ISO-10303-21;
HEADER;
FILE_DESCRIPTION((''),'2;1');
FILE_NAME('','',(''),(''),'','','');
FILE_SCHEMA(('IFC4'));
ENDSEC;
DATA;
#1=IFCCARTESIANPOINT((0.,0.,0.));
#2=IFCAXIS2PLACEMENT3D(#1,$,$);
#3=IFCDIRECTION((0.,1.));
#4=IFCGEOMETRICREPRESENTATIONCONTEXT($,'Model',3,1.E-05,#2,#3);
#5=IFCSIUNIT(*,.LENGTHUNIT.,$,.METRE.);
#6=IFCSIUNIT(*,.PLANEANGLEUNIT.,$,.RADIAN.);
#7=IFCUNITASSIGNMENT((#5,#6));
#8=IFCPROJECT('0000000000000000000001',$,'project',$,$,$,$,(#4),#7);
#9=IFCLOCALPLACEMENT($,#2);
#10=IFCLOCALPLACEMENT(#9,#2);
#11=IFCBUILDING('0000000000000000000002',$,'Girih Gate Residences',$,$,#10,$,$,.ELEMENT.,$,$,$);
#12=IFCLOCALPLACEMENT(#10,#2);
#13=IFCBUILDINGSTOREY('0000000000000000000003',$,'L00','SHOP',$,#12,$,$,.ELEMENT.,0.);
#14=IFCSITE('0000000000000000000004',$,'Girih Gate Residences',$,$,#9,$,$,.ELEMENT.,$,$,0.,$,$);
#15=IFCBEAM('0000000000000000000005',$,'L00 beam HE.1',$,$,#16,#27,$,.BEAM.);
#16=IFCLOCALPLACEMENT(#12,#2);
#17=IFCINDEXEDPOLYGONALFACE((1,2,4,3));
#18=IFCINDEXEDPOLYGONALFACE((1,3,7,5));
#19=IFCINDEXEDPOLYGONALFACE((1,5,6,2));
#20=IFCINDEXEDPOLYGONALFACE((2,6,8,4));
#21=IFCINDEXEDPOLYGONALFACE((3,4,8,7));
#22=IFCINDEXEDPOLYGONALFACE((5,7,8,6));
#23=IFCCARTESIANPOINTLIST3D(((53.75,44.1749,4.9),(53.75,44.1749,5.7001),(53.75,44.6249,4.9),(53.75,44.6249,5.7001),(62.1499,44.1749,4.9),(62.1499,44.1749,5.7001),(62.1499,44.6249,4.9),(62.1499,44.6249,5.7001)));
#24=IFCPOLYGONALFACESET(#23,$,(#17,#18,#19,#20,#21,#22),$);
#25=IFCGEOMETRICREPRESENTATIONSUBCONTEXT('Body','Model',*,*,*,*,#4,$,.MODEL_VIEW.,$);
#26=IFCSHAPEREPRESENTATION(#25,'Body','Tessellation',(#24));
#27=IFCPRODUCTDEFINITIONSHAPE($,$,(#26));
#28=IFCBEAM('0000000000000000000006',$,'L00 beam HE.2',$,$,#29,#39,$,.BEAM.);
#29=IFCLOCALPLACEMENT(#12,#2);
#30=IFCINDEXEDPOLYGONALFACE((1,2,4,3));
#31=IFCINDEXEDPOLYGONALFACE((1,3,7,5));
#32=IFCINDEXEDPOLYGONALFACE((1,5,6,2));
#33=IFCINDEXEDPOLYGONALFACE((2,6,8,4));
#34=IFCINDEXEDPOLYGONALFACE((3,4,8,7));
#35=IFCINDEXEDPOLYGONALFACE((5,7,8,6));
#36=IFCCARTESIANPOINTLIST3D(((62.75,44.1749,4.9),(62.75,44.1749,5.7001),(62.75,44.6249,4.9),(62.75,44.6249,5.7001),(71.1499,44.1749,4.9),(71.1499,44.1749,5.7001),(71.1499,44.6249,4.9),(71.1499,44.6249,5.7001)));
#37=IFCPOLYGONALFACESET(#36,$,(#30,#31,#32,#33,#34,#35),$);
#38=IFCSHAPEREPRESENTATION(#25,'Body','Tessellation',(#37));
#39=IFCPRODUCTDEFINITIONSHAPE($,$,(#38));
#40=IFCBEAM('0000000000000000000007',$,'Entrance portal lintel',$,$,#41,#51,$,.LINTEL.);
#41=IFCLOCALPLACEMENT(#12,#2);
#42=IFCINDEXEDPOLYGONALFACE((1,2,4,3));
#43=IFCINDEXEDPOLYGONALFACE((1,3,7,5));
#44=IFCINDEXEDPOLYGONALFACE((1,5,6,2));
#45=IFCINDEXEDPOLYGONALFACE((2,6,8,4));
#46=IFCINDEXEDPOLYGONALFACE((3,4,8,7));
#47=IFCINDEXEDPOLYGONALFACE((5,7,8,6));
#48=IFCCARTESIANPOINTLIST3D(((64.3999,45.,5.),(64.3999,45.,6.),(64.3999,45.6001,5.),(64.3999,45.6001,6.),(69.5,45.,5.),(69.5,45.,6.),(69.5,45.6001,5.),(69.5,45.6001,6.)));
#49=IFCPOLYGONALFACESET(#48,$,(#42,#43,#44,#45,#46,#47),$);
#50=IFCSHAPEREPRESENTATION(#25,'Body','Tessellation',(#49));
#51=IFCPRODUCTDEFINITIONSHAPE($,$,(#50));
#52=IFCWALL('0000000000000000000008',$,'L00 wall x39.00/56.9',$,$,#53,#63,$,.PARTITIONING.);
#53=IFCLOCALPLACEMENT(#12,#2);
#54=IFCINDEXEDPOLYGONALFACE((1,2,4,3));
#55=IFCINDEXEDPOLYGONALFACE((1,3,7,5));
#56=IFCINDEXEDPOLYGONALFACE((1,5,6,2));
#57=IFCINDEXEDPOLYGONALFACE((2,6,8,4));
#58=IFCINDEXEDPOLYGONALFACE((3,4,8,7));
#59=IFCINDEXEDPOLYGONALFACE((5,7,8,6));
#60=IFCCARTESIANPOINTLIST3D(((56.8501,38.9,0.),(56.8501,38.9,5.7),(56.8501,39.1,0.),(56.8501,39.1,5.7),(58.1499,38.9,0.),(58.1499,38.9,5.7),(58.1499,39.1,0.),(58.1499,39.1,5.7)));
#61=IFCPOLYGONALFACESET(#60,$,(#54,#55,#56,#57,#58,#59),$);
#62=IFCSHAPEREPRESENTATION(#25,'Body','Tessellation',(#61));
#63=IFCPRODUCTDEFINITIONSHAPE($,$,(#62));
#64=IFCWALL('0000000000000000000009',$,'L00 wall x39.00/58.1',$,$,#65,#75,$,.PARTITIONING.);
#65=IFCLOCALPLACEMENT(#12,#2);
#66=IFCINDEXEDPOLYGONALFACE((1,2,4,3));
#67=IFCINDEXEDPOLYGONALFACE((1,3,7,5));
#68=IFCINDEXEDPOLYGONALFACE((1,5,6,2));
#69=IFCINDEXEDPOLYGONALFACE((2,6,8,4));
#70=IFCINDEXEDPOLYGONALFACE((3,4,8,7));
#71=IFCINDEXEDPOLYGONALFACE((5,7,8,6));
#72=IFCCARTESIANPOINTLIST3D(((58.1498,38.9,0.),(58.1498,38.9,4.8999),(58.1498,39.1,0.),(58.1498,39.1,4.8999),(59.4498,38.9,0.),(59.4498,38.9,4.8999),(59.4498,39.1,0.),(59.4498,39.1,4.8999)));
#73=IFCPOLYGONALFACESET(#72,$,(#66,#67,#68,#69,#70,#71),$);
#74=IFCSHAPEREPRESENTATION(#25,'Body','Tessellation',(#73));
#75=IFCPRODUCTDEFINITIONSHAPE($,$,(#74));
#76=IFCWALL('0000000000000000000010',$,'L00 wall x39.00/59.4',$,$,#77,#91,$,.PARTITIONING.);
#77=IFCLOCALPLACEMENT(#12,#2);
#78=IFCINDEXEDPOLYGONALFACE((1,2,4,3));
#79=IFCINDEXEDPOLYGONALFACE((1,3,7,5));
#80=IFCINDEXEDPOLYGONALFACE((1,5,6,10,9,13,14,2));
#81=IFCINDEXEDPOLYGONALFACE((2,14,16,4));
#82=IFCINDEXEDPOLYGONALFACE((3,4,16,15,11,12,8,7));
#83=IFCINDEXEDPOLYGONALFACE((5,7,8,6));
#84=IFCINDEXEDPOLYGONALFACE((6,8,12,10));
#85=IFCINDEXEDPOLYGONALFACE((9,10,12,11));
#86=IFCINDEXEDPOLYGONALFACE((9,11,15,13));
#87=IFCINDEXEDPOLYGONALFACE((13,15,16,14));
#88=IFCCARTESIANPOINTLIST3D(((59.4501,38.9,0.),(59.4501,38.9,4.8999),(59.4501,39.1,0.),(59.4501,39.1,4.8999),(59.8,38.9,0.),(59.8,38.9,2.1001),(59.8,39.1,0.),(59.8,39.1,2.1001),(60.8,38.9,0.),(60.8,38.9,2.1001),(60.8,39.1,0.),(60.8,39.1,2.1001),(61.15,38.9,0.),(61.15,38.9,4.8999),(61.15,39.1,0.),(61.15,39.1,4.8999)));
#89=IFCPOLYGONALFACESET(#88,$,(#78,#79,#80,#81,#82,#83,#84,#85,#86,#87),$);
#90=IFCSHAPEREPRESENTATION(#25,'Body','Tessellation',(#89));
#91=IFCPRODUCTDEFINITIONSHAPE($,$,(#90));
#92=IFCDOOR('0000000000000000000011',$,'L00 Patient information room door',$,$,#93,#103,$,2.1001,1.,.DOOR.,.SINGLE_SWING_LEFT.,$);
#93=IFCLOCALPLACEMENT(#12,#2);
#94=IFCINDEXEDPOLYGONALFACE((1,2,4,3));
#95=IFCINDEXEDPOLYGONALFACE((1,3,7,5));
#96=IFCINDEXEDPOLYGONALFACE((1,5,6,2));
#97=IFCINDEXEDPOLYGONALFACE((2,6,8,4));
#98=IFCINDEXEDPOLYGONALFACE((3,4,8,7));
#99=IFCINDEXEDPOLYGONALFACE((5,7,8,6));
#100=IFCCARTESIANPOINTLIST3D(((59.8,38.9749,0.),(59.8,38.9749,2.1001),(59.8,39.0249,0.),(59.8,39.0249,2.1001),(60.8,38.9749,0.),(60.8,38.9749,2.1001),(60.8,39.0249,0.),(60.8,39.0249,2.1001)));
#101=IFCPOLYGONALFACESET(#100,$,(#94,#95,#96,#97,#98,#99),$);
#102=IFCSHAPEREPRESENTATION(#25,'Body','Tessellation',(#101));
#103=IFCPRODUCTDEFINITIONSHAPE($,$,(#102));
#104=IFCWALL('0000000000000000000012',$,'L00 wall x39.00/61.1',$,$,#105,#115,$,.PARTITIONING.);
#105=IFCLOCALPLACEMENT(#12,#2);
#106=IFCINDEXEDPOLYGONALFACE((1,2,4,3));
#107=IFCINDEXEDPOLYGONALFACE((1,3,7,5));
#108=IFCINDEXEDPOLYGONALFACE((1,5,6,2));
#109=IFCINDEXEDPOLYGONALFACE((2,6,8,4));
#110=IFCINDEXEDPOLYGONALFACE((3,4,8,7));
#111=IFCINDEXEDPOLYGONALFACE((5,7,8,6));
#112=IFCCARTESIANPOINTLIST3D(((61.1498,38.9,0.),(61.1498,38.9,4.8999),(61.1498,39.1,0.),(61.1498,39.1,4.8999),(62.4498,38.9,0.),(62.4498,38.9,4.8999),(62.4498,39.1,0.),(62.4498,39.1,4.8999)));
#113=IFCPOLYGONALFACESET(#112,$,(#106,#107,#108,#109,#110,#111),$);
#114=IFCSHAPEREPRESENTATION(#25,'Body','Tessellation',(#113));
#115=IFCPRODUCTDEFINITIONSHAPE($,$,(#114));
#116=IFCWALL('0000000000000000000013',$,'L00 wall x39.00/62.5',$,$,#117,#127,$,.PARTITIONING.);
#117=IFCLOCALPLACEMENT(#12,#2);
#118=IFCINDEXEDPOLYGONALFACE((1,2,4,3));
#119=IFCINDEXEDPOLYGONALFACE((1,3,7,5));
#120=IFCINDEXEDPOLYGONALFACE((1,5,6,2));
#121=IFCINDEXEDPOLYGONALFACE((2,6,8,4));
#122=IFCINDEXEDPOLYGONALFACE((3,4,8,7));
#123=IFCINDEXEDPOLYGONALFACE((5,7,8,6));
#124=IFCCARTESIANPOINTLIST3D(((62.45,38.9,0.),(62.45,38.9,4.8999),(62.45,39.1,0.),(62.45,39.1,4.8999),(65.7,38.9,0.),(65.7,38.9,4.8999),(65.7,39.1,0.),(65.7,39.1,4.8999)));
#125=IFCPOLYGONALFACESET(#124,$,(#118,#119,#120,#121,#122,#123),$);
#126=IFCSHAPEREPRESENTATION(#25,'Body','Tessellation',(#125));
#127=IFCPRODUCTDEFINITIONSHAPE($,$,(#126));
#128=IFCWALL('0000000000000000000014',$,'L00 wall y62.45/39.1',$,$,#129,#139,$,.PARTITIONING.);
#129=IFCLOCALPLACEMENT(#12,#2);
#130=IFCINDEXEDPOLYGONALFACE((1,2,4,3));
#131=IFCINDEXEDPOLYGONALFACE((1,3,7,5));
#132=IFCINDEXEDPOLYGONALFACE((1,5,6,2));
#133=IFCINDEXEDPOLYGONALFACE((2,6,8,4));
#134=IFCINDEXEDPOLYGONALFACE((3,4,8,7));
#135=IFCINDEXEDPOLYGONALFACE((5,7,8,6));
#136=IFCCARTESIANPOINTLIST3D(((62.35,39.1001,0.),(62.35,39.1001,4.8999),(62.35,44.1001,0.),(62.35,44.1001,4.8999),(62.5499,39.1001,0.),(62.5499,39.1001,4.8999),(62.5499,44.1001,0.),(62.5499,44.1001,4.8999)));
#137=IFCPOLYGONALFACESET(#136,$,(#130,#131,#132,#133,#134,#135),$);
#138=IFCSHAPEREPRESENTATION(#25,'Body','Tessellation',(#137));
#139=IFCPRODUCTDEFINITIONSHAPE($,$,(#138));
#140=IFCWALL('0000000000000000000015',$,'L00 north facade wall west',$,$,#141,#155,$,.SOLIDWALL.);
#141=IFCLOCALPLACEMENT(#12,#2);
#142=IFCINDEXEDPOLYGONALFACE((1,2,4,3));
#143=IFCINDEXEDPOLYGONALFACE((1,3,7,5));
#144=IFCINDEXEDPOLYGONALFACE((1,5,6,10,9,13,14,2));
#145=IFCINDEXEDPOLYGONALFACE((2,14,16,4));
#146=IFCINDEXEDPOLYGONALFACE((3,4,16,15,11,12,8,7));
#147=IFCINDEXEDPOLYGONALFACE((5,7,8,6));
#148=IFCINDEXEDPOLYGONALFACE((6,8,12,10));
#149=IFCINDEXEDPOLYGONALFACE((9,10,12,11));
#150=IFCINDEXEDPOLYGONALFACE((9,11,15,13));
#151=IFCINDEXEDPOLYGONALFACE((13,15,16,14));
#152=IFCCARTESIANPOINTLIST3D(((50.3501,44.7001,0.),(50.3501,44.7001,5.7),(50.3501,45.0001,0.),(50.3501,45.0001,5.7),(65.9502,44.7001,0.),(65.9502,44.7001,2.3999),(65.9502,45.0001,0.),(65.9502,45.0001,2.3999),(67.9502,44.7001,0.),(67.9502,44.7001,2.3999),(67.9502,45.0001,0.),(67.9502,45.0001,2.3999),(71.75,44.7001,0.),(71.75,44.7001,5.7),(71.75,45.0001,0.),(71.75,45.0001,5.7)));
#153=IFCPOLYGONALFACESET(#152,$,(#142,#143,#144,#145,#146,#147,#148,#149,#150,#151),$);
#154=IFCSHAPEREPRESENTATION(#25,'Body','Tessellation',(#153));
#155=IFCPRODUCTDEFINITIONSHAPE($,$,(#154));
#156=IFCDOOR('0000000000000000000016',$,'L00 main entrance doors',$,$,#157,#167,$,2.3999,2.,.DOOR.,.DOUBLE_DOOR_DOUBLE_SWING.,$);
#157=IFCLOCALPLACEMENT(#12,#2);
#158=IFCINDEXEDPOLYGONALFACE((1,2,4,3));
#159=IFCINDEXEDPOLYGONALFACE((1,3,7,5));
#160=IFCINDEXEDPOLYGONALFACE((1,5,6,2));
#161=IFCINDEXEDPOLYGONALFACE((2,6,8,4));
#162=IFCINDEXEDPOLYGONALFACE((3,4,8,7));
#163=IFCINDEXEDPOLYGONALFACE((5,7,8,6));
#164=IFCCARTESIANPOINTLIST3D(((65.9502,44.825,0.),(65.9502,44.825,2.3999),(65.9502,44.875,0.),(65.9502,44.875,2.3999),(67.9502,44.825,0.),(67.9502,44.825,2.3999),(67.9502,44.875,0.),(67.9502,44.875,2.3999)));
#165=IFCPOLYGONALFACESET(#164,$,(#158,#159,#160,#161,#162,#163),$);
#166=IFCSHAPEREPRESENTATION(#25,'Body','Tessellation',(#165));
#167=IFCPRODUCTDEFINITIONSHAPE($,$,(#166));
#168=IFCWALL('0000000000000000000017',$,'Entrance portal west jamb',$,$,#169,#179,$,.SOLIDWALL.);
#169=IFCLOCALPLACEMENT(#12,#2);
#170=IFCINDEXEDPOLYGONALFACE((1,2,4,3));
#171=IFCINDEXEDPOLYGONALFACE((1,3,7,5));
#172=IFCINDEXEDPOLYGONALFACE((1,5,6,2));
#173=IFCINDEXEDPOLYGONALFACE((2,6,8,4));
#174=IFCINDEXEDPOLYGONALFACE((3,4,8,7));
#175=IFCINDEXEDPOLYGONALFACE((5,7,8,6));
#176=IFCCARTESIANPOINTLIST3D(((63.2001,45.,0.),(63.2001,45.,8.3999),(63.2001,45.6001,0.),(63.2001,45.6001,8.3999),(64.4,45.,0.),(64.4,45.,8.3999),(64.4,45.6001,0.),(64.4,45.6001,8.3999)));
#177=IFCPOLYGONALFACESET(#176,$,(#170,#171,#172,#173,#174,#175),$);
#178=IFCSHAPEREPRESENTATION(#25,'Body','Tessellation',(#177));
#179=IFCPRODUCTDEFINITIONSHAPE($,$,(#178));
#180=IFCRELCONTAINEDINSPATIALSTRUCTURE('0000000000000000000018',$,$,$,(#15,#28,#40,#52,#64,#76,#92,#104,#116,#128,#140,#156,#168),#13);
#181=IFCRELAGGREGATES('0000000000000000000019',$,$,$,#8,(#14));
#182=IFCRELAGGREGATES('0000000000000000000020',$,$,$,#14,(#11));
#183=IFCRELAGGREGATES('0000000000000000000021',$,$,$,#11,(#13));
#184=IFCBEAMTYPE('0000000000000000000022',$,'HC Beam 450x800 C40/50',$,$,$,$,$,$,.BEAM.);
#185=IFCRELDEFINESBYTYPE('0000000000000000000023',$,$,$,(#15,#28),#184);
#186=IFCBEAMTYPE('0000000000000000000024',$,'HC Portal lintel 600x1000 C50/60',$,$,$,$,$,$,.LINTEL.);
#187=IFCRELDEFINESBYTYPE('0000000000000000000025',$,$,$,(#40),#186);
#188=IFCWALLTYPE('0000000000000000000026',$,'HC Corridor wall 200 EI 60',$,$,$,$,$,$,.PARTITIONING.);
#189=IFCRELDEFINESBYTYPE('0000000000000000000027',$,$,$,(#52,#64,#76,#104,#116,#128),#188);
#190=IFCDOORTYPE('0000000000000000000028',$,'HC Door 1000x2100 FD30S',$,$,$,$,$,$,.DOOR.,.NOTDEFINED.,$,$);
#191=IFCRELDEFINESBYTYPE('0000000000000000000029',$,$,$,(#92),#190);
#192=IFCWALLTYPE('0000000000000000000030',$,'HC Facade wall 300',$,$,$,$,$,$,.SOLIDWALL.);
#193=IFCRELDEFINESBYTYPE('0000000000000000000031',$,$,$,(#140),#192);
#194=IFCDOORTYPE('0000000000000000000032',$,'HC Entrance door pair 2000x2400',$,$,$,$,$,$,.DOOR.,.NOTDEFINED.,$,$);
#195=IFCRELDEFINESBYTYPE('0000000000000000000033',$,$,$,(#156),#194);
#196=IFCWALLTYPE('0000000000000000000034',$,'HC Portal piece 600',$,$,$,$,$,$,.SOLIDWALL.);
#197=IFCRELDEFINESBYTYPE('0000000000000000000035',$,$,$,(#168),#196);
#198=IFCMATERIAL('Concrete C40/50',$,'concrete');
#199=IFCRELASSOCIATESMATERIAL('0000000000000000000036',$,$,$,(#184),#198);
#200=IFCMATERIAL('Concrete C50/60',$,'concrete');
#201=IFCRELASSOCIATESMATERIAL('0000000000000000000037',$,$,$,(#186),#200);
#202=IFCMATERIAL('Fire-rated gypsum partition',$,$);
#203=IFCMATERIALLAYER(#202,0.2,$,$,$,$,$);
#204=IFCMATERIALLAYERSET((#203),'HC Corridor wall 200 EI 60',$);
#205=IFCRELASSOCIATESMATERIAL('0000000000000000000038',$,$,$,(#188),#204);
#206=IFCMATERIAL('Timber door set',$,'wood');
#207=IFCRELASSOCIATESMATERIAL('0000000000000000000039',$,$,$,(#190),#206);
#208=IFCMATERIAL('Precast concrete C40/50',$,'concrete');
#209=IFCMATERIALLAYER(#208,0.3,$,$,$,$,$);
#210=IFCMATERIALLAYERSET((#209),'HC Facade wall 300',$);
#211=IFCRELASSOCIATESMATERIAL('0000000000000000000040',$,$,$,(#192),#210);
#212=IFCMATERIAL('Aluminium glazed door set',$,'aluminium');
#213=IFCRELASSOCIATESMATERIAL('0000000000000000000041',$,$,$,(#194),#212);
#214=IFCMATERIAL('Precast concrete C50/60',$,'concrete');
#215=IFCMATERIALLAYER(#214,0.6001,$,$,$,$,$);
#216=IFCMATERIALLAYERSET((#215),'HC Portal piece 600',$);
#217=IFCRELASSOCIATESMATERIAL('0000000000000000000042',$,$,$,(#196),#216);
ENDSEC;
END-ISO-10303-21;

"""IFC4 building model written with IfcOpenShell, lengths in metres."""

from ifc_helpers import new_model, si_unit, direction, frame, frame_2d, origin, origin_2d, place, context, subcontext, project, spatial, rectangle, extrude, material, layer, layer_set, material_profile, profile_set, type_object, element, fill, save


model = new_model("IFC4")

# Units and contexts
model_context = context("Model", 3, precision=1e-05, world=origin(), true_north=direction((0.0, 1.0)))
body_context = subcontext(model_context, "Body", "Model", "MODEL_VIEW")
ifc_project = project(units=[si_unit("LENGTHUNIT", "METRE"), si_unit("PLANEANGLEUNIT", "RADIAN")], contexts=[model_context])

# Site, building, storey
site_placement = place(None, origin())
site = spatial("IfcSite", under=ifc_project, at=site_placement, Name="Girih Gate Residences", CompositionType="ELEMENT", RefElevation=0.0)
building_placement = place(site_placement, origin())
building = spatial("IfcBuilding", under=site, at=building_placement, Name="Girih Gate Residences", CompositionType="ELEMENT")
storey_placement = place(building_placement, origin())
storey = spatial("IfcBuildingStorey", under=building, at=storey_placement, Name="L00", Description="SHOP", CompositionType="ELEMENT", Elevation=0.0)

# Shared definitions
ifc_material_1 = material(Name="Concrete C40/50", Category="concrete")

# Shared definitions
ifc_material_2 = material(Name="Concrete C50/60", Category="concrete")

# Beams
ifc_material_profile_1 = material_profile(ifc_material_1, rectangle(XDim=0.45, YDim=0.8, at=origin_2d()))
ifc_profile_set_1 = profile_set([ifc_material_profile_1], Name="Concrete C40/50")
beam_type_1 = type_object("IfcBeamType", Name="HC Beam 450x800 C40/50", PredefinedType="BEAM", material=ifc_profile_set_1)
for number, where, z_axis, x_axis, name in (
    (1, (53.75, 44.3999, 5.3), (1.0, 0.0, 0.0), (0.0, 1.0, 0.0), "L00 beam HE.1"),
    (2, (62.75, 44.3999, 5.3), (1.0, 0.0, 0.0), (0.0, 1.0, 0.0), "L00 beam HE.2"),
):
    element("IfcBeam", number, at=place(storey_placement, frame(where, z_axis=z_axis, x_axis=x_axis)), inside=storey, type_object=beam_type_1, Name=name, PredefinedType="BEAM", context=body_context, shape_type="SweptSolid", body=[
        extrude(rectangle(XDim=0.45, YDim=0.8, at=origin_2d()), origin(), (0.0, 0.0, 1.0), 8.3999),
    ])
ifc_material_profile_2 = material_profile(ifc_material_2, rectangle(XDim=0.6001, YDim=1.0, at=origin_2d()))
ifc_profile_set_2 = profile_set([ifc_material_profile_2], Name="Concrete C50/60")
beam_type_2 = type_object("IfcBeamType", Name="HC Portal lintel 600x1000 C50/60", PredefinedType="LINTEL", material=ifc_profile_set_2)
beam_placement = place(storey_placement, frame((64.3999, 45.3, 5.5), z_axis=(1.0, 0.0, 0.0), x_axis=(0.0, 1.0, 0.0)))
element("IfcBeam", 3, at=beam_placement, inside=storey, type_object=beam_type_2, Name="Entrance portal lintel", PredefinedType="LINTEL", context=body_context, shape_type="SweptSolid", body=[
    extrude(rectangle(XDim=0.6001, YDim=1.0, at=origin_2d()), origin(), (0.0, 0.0, 1.0), 5.1001),
])

# Walls
ifc_material_3 = material(Name="Fire-rated gypsum partition")
ifc_layer_1 = layer(ifc_material_3, 0.2)
ifc_layer_set_1 = layer_set([ifc_layer_1], Name="HC Corridor wall 200 EI 60")
wall_type_1 = type_object("IfcWallType", Name="HC Corridor wall 200 EI 60", PredefinedType="PARTITIONING", material=ifc_layer_set_1)
wall_1_placement = place(storey_placement, frame((56.8501, 39.0, 0.0), z_axis=(0.0, 0.0, 1.0), x_axis=(1.0, 0.0, 0.0)))
element("IfcWall", 4, at=wall_1_placement, inside=storey, type_object=wall_type_1, Name="L00 wall x39.00/56.9", PredefinedType="PARTITIONING", context=body_context, shape_type="SweptSolid", body=[
    extrude(rectangle(XDim=1.2998, YDim=0.2, at=frame_2d((0.6499, 0.0))), origin(), (0.0, 0.0, 1.0), 5.7),
])
wall_2_placement = place(storey_placement, frame((58.1499, 39.0, 0.0), z_axis=(0.0, 0.0, 1.0), x_axis=(1.0, 0.0, 0.0)))
element("IfcWall", 5, at=wall_2_placement, inside=storey, type_object=wall_type_1, Name="L00 wall x39.00/58.1", PredefinedType="PARTITIONING", context=body_context, shape_type="SweptSolid", body=[
    extrude(rectangle(XDim=1.3, YDim=0.2, at=frame_2d((0.6499, 0.0))), origin(), (0.0, 0.0, 1.0), 4.8999),
])

# Wall, opening, door
wall_3_placement = place(storey_placement, frame((59.45, 39.0, 0.0), z_axis=(0.0, 0.0, 1.0), x_axis=(1.0, 0.0, 0.0)))
wall_3 = element("IfcWall", 6, at=wall_3_placement, inside=storey, type_object=wall_type_1, Name="L00 wall x39.00/59.4", PredefinedType="PARTITIONING", context=body_context, shape_type="SweptSolid", body=[
    extrude(rectangle(XDim=1.7, YDim=0.2, at=frame_2d((0.8501, 0.0))), origin(), (0.0, 0.0, 1.0), 4.8999),
])
opening_1_placement = place(wall_3_placement, frame((0.3501, 0.0, 0.0)))
opening_1 = element("IfcOpeningElement", 7, at=opening_1_placement, cuts=wall_3, PredefinedType="OPENING", context=body_context, shape_type="SweptSolid", body=[
    extrude(rectangle(XDim=1.0, YDim=2.1001, at=frame_2d((0.5, 1.05))), frame((0.0, 0.1099, 0.0), z_axis=(0.0, -1.0, 0.0), x_axis=(1.0, 0.0, 0.0)), (0.0, 0.0, 1.0), 0.22),
])
ifc_material_4 = material(Name="Timber door set", Category="wood")
door_type_1 = type_object("IfcDoorType", Name="HC Door 1000x2100 FD30S", OperationType="NOTDEFINED", PredefinedType="DOOR", material=ifc_material_4)
door_1_placement = place(opening_1_placement, origin())
door_1 = element("IfcDoor", 8, at=door_1_placement, inside=storey, type_object=door_type_1, Name="L00 Patient information room door", OperationType="SINGLE_SWING_LEFT", OverallHeight=2.1001, OverallWidth=1.0, PredefinedType="DOOR", context=body_context, shape_type="SweptSolid", body=[
    extrude(rectangle(XDim=1.0, YDim=2.1001, at=frame_2d((0.5, 1.05))), frame((0.0, 0.0249, 0.0), z_axis=(0.0, -1.0, 0.0), x_axis=(1.0, 0.0, 0.0)), (0.0, 0.0, 1.0), 0.05),
])
fill(opening_1, door_1)

# Walls
wall_4_placement = place(storey_placement, frame((61.1499, 39.0, 0.0), z_axis=(0.0, 0.0, 1.0), x_axis=(1.0, 0.0, 0.0)))
element("IfcWall", 9, at=wall_4_placement, inside=storey, type_object=wall_type_1, Name="L00 wall x39.00/61.1", PredefinedType="PARTITIONING", context=body_context, shape_type="SweptSolid", body=[
    extrude(rectangle(XDim=1.3, YDim=0.2, at=frame_2d((0.6499, 0.0))), origin(), (0.0, 0.0, 1.0), 4.8999),
])
wall_5_placement = place(storey_placement, frame((62.45, 39.0, 0.0), z_axis=(0.0, 0.0, 1.0), x_axis=(1.0, 0.0, 0.0)))
element("IfcWall", 10, at=wall_5_placement, inside=storey, type_object=wall_type_1, Name="L00 wall x39.00/62.5", PredefinedType="PARTITIONING", context=body_context, shape_type="SweptSolid", body=[
    extrude(rectangle(XDim=3.25, YDim=0.2, at=frame_2d((1.625, 0.0))), origin(), (0.0, 0.0, 1.0), 4.8999),
])
wall_6_placement = place(storey_placement, frame((62.45, 39.1001, 0.0), z_axis=(0.0, 0.0, 1.0), x_axis=(0.0, 1.0, 0.0)))
element("IfcWall", 11, at=wall_6_placement, inside=storey, type_object=wall_type_1, Name="L00 wall y62.45/39.1", PredefinedType="PARTITIONING", context=body_context, shape_type="SweptSolid", body=[
    extrude(rectangle(XDim=5.0, YDim=0.2, at=frame_2d((2.5, 0.0))), origin(), (0.0, 0.0, 1.0), 4.8999),
])

# Wall, opening, door
ifc_material_5 = material(Name="Precast concrete C40/50", Category="concrete")
ifc_layer_2 = layer(ifc_material_5, 0.3)
ifc_layer_set_2 = layer_set([ifc_layer_2], Name="HC Facade wall 300")
wall_type_2 = type_object("IfcWallType", Name="HC Facade wall 300", PredefinedType="SOLIDWALL", material=ifc_layer_set_2)
wall_7_placement = place(storey_placement, frame((50.3501, 44.8501, 0.0), z_axis=(0.0, 0.0, 1.0), x_axis=(1.0, 0.0, 0.0)))
wall_7 = element("IfcWall", 12, at=wall_7_placement, inside=storey, type_object=wall_type_2, Name="L00 north facade wall west", PredefinedType="SOLIDWALL", context=body_context, shape_type="SweptSolid", body=[
    extrude(rectangle(XDim=21.3999, YDim=0.3, at=frame_2d((10.7, 0.0))), origin(), (0.0, 0.0, 1.0), 5.7),
])
opening_2_placement = place(wall_7_placement, frame((15.6001, 0.0, 0.0)))
opening_2 = element("IfcOpeningElement", 13, at=opening_2_placement, cuts=wall_7, PredefinedType="OPENING", context=body_context, shape_type="SweptSolid", body=[
    extrude(rectangle(XDim=2.0, YDim=2.3999, at=frame_2d((1.0, 1.2))), frame((0.0, 0.1599, 0.0), z_axis=(0.0, -1.0, 0.0), x_axis=(1.0, 0.0, 0.0)), (0.0, 0.0, 1.0), 0.3201),
])
ifc_material_6 = material(Name="Aluminium glazed door set", Category="aluminium")
door_type_2 = type_object("IfcDoorType", Name="HC Entrance door pair 2000x2400", OperationType="NOTDEFINED", PredefinedType="DOOR", material=ifc_material_6)
door_2_placement = place(opening_2_placement, origin())
door_2 = element("IfcDoor", 14, at=door_2_placement, inside=storey, type_object=door_type_2, Name="L00 main entrance doors", OperationType="DOUBLE_DOOR_DOUBLE_SWING", OverallHeight=2.3999, OverallWidth=2.0, PredefinedType="DOOR", context=body_context, shape_type="SweptSolid", body=[
    extrude(rectangle(XDim=2.0, YDim=2.3999, at=frame_2d((1.0, 1.2))), frame((0.0, 0.0249, 0.0), z_axis=(0.0, -1.0, 0.0), x_axis=(1.0, 0.0, 0.0)), (0.0, 0.0, 1.0), 0.05),
])
fill(opening_2, door_2)

# Wall
ifc_material_7 = material(Name="Precast concrete C50/60", Category="concrete")
ifc_layer_3 = layer(ifc_material_7, 0.6001)
ifc_layer_set_3 = layer_set([ifc_layer_3], Name="HC Portal piece 600")
wall_type_3 = type_object("IfcWallType", Name="HC Portal piece 600", PredefinedType="SOLIDWALL", material=ifc_layer_set_3)
wall_8_placement = place(storey_placement, frame((63.2, 45.3, 0.0), z_axis=(0.0, 0.0, 1.0), x_axis=(1.0, 0.0, 0.0)))
element("IfcWall", 15, at=wall_8_placement, inside=storey, type_object=wall_type_3, Name="Entrance portal west jamb", PredefinedType="SOLIDWALL", context=body_context, shape_type="SweptSolid", body=[
    extrude(rectangle(XDim=1.2, YDim=0.6001, at=frame_2d((0.6001, 0.0))), origin(), (0.0, 0.0, 1.0), 8.3999),
])

save(model, "model.ifc")
